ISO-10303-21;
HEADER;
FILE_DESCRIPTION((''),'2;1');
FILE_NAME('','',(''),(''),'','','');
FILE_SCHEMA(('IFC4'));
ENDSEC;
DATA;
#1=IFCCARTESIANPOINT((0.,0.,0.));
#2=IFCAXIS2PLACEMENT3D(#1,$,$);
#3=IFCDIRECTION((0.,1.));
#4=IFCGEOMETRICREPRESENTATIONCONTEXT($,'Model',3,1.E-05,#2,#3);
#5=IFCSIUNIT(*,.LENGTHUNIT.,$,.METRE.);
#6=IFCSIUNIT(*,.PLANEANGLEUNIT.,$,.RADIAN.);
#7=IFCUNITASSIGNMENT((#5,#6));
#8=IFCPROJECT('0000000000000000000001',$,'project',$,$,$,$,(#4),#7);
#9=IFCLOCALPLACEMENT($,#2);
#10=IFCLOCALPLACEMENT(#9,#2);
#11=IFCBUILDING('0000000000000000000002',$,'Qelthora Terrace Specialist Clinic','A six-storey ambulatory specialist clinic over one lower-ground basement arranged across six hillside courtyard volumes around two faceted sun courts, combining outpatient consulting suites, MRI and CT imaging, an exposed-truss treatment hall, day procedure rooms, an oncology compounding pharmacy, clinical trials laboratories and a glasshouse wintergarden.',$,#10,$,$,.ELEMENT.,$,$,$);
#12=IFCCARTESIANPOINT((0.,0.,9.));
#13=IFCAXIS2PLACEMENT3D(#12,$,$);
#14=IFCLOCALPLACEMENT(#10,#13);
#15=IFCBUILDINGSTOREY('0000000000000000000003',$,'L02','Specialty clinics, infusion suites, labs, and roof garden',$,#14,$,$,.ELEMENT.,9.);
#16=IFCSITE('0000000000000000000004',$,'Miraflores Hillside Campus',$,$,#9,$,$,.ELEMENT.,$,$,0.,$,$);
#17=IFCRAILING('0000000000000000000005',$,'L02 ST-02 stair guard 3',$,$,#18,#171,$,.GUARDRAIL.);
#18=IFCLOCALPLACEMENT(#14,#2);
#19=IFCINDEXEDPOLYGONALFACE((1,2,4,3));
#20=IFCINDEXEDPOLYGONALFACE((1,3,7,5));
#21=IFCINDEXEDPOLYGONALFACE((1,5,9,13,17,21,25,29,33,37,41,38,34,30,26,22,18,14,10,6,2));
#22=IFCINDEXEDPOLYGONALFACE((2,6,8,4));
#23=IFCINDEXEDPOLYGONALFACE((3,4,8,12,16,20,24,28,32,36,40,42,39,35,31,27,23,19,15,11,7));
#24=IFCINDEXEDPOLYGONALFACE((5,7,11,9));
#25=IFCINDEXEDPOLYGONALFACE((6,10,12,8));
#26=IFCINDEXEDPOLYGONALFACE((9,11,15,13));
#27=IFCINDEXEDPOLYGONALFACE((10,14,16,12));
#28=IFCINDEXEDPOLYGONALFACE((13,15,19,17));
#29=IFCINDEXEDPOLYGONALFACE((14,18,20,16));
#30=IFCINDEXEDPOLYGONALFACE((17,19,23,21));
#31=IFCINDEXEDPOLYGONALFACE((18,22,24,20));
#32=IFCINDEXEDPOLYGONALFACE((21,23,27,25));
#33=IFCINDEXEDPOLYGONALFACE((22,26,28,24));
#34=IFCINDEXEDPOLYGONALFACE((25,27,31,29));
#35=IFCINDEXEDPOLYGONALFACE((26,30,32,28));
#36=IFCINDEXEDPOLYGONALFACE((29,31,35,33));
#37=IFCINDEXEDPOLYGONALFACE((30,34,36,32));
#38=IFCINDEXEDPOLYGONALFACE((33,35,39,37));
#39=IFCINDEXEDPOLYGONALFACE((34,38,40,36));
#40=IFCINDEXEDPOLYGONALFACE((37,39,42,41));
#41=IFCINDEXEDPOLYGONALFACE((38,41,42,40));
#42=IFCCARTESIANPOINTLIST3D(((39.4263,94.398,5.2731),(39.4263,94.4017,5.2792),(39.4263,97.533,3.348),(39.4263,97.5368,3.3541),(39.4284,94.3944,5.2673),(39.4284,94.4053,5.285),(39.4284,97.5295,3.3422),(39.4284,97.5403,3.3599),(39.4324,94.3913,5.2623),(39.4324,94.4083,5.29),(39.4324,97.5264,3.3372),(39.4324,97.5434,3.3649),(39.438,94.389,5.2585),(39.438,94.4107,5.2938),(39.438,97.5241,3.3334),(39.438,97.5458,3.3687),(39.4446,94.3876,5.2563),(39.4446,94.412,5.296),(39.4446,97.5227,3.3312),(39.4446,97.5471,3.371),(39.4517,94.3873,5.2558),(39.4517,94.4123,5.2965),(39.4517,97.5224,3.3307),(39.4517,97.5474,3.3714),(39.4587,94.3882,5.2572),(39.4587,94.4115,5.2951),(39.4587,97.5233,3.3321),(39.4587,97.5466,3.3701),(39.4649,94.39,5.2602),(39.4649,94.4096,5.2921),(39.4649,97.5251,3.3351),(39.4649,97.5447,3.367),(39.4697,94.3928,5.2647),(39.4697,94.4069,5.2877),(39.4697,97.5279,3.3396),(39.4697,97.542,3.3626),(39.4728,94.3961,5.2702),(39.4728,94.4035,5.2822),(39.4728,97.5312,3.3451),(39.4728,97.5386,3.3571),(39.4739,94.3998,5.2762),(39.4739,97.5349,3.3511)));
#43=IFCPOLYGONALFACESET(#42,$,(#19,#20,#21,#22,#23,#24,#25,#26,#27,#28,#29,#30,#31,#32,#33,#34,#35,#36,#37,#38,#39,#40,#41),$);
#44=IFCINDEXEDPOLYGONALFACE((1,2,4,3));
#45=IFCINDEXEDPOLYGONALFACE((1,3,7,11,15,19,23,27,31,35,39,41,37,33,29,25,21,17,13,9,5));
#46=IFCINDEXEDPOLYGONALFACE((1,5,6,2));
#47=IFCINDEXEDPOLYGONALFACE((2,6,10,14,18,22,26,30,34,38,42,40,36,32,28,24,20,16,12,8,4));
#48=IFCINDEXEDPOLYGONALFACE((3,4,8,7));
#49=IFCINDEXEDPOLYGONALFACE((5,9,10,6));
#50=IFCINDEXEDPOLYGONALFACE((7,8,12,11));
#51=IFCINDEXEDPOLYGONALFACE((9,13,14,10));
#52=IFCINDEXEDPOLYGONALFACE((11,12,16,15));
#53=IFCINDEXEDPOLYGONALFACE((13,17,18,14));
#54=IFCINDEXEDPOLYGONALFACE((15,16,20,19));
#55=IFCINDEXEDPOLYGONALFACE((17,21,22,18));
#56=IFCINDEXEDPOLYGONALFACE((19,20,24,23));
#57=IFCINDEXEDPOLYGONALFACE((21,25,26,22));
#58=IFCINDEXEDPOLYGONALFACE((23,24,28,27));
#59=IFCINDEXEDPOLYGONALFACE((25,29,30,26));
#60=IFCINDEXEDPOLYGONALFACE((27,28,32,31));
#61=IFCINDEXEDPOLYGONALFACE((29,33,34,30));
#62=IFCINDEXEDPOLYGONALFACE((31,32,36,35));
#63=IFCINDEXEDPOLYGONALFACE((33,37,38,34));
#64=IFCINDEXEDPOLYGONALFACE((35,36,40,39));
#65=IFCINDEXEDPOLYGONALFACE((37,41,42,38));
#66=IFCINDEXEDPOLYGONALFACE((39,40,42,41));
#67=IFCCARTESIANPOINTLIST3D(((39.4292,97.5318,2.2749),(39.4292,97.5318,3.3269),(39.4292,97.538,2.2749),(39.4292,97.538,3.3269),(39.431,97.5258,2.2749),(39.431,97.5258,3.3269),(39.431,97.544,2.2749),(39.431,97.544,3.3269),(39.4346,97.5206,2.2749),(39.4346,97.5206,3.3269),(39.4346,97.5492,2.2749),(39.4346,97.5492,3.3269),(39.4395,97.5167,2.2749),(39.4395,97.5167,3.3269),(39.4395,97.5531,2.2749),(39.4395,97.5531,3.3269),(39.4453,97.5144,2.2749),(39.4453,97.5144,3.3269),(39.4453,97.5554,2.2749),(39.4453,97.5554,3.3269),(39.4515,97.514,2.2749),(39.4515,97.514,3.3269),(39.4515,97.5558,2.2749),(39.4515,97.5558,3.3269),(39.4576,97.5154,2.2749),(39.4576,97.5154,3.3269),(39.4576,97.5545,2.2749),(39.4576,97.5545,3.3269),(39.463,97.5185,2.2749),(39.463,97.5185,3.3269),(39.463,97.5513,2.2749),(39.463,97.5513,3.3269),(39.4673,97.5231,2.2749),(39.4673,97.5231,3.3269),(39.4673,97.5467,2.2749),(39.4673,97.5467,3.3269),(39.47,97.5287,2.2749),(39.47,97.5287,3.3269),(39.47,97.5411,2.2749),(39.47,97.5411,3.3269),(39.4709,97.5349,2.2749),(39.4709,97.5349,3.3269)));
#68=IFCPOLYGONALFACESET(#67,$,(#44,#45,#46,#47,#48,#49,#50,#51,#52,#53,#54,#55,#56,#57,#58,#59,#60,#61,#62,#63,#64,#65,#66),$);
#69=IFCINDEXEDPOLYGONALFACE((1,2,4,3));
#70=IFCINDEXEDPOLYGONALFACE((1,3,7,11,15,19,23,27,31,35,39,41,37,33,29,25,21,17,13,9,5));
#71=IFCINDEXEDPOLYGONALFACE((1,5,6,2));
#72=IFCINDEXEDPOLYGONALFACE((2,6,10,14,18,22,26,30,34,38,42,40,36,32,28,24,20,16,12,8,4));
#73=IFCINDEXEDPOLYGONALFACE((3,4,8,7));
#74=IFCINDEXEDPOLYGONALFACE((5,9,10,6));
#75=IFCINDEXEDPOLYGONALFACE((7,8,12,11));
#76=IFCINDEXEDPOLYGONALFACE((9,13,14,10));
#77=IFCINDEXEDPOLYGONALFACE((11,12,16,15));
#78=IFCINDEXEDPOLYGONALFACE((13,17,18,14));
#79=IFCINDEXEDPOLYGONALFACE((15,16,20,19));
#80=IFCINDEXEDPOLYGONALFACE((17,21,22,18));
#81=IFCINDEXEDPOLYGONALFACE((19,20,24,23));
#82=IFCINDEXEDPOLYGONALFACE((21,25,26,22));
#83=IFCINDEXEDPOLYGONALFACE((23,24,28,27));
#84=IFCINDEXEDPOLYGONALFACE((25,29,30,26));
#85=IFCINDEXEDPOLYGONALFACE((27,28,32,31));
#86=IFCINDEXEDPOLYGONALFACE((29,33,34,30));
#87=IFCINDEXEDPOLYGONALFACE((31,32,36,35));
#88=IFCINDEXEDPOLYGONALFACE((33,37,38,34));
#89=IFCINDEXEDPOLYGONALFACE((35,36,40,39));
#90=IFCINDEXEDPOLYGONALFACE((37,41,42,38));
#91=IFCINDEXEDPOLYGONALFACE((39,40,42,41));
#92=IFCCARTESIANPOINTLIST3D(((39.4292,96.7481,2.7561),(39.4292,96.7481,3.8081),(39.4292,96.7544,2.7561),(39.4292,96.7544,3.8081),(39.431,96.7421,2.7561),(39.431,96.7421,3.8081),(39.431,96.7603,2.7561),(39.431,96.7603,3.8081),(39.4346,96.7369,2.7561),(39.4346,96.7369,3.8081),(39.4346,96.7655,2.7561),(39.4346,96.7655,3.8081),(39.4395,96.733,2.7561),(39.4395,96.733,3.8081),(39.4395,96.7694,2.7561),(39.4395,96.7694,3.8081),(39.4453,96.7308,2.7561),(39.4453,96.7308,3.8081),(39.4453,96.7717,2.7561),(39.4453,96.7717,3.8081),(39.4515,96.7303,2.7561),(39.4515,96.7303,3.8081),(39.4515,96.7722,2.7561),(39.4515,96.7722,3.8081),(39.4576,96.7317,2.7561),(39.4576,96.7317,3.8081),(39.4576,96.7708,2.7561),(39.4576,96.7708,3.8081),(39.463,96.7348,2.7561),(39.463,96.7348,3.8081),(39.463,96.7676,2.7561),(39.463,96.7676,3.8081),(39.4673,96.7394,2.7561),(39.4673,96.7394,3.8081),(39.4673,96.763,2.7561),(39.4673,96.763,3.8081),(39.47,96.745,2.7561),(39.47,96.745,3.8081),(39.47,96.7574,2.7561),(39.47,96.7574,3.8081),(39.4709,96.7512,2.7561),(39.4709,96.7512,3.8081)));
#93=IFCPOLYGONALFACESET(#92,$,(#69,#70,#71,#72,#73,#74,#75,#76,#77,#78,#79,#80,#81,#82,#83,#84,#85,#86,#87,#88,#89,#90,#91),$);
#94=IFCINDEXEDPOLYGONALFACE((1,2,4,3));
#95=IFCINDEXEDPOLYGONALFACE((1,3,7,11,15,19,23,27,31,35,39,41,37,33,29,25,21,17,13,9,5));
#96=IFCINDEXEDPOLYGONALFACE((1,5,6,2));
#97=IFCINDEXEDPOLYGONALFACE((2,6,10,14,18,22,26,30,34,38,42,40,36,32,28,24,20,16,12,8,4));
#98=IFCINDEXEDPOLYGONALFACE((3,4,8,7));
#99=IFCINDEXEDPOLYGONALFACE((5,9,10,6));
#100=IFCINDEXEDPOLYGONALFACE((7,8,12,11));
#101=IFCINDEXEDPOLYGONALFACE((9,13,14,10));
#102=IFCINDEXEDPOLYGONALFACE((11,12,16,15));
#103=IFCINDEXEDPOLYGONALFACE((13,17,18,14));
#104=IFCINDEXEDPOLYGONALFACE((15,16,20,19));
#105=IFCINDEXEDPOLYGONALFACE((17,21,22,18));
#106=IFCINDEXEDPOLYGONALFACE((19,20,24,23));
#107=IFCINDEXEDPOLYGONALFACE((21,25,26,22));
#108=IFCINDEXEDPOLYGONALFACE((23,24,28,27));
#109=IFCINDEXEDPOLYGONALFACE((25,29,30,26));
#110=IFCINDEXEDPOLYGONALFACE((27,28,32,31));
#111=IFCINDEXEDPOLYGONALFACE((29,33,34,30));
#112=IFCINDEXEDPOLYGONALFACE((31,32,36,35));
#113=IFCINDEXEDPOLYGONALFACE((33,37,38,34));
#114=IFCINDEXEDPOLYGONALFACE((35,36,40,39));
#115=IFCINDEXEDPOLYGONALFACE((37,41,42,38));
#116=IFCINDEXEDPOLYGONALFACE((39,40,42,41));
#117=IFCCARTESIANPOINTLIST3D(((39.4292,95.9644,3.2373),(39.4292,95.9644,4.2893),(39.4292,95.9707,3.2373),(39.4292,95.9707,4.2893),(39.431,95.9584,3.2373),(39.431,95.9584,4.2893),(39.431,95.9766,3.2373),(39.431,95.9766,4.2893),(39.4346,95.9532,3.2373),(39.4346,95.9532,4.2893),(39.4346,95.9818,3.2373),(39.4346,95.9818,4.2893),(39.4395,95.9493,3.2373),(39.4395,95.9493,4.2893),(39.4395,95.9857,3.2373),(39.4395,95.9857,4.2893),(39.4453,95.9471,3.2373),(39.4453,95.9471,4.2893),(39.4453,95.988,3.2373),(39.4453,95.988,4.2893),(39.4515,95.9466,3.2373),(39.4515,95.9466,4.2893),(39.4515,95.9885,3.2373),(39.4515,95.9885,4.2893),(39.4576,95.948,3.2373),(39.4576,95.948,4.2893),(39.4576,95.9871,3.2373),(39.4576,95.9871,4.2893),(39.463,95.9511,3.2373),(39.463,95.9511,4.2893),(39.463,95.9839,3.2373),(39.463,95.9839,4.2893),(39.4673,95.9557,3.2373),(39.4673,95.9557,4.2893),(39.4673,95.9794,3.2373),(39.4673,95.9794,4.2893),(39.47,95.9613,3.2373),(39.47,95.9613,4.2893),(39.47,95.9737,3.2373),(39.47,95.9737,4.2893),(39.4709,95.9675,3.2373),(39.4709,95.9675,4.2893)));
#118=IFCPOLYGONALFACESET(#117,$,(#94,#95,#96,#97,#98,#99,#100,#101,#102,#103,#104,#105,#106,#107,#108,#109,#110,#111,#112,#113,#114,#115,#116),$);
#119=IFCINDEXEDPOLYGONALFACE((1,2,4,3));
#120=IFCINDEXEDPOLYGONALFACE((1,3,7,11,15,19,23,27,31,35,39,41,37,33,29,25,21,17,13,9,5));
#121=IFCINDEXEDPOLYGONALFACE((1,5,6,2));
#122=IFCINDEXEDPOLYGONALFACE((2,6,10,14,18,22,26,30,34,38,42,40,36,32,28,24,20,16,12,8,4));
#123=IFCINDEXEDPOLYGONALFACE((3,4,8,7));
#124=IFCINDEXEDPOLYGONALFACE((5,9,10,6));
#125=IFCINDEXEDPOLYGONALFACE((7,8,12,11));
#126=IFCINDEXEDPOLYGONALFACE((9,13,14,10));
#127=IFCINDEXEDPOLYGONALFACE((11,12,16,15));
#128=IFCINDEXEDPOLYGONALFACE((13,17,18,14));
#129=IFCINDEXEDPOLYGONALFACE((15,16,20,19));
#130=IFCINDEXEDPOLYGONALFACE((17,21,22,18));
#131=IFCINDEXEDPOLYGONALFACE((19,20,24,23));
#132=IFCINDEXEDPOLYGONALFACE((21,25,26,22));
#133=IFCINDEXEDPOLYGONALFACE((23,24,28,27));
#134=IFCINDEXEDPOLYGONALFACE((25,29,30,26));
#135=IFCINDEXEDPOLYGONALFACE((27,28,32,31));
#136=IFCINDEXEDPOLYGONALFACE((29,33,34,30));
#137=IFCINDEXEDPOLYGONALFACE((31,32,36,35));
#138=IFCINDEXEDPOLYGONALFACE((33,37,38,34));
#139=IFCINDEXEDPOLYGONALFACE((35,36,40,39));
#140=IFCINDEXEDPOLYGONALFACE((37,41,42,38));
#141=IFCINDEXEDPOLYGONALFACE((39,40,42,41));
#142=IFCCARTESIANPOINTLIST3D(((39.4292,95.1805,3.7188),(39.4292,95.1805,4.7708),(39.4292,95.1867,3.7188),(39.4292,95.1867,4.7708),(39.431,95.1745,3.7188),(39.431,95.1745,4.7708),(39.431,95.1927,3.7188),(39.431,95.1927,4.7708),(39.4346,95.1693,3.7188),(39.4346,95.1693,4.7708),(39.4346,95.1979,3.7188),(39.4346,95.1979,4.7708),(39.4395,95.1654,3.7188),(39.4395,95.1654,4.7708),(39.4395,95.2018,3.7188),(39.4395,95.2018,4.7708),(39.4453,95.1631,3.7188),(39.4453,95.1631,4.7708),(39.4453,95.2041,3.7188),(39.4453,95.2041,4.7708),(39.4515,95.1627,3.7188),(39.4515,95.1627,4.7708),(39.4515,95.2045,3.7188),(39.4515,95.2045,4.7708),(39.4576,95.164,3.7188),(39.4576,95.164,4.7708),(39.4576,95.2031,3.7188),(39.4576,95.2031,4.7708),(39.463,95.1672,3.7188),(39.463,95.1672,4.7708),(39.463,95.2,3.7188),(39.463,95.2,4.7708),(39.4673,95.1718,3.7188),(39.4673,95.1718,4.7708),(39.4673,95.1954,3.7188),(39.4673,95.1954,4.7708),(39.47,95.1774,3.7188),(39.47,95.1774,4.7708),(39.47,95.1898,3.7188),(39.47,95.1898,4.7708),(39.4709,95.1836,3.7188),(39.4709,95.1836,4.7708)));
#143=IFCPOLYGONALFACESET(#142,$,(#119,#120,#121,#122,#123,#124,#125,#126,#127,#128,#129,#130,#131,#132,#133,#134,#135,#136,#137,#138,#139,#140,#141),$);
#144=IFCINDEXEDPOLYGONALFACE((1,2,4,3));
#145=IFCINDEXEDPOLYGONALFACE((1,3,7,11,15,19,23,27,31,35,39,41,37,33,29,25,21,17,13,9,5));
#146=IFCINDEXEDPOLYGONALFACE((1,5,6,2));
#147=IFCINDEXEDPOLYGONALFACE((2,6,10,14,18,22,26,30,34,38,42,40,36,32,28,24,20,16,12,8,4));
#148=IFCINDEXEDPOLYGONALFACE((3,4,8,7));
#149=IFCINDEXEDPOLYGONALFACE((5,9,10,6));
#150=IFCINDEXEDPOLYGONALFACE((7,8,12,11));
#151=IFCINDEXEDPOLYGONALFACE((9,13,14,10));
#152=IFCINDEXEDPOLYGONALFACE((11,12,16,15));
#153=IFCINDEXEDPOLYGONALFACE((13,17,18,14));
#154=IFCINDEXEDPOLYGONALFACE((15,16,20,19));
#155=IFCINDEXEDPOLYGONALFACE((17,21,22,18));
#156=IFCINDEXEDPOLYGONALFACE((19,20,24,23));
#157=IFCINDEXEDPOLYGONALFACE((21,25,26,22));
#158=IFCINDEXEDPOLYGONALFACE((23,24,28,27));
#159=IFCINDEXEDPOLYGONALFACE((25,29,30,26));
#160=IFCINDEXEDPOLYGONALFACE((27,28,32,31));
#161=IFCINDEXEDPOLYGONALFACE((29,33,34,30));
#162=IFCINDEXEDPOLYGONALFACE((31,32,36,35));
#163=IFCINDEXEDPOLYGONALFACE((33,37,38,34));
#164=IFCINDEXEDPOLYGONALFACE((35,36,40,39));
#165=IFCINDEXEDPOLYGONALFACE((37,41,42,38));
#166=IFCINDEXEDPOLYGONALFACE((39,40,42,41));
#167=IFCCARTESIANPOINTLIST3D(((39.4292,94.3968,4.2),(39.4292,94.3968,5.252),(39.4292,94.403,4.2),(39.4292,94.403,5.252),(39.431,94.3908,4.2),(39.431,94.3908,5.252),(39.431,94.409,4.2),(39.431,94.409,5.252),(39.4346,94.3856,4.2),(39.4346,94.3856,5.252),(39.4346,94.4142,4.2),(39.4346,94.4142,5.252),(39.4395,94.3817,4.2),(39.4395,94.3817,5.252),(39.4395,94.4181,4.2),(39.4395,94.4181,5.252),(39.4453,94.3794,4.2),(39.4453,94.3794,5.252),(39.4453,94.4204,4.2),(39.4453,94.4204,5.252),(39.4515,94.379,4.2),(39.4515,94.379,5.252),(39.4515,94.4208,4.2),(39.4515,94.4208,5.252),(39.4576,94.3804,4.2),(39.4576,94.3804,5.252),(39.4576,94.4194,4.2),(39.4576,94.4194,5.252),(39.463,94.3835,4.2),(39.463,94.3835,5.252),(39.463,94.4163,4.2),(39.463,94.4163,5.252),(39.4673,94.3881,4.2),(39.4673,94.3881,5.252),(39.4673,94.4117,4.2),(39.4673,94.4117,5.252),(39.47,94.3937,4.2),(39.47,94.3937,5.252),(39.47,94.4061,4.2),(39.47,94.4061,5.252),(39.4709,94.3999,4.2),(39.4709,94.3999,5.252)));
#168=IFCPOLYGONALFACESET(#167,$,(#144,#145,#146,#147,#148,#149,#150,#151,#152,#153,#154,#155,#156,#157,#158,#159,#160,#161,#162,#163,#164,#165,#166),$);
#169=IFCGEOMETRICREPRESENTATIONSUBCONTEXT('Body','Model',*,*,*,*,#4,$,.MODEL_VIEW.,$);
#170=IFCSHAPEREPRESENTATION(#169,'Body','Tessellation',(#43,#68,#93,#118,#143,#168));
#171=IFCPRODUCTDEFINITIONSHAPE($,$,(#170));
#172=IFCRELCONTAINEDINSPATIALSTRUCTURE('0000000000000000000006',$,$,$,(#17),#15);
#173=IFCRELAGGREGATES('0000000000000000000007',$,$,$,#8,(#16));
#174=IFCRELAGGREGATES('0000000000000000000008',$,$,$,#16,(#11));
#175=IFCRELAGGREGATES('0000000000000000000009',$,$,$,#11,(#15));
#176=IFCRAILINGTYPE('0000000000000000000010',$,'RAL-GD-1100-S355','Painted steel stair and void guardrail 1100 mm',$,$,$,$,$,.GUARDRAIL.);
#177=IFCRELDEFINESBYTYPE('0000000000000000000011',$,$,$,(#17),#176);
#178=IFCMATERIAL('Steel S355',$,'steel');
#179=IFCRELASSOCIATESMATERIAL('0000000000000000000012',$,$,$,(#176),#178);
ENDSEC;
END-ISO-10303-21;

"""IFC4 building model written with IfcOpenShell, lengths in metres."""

from ifc_helpers import new_model, si_unit, direction, frame, origin, origin_2d, place, context, subcontext, project, spatial, circle, extrude, material, type_object, element, save


model = new_model("IFC4")

# Units and contexts
model_context = context("Model", 3, precision=1e-05, world=origin(), true_north=direction((0.0, 1.0)))
body_context = subcontext(model_context, "Body", "Model", "MODEL_VIEW")
ifc_project = project(units=[si_unit("LENGTHUNIT", "METRE"), si_unit("PLANEANGLEUNIT", "RADIAN")], contexts=[model_context])

# Site, building, storey
site_placement = place(None, origin())
site = spatial("IfcSite", under=ifc_project, at=site_placement, Name="Miraflores Hillside Campus", CompositionType="ELEMENT", RefElevation=0.0)
building_placement = place(site_placement, origin())
building = spatial("IfcBuilding", under=site, at=building_placement, Name="Qelthora Terrace Specialist Clinic", Description="A six-storey ambulatory specialist clinic over one lower-ground basement arranged across six hillside courtyard volumes around two faceted sun courts, combining outpatient consulting suites, MRI and CT imaging, an exposed-truss treatment hall, day procedure rooms, an oncology compounding pharmacy, clinical trials laboratories and a glasshouse wintergarden.", CompositionType="ELEMENT")
storey_placement = place(building_placement, frame((0.0, 0.0, 9.0)))
storey = spatial("IfcBuildingStorey", under=building, at=storey_placement, Name="L02", Description="Specialty clinics, infusion suites, labs, and roof garden", CompositionType="ELEMENT", Elevation=9.0)

# Shared definitions
ifc_material_1 = material(Name="Steel S355", Category="steel")

# Railing
railing_type_1 = type_object("IfcRailingType", Name="RAL-GD-1100-S355", Description="Painted steel stair and void guardrail 1100 mm", PredefinedType="GUARDRAIL", material=ifc_material_1)
railing_1_placement = place(storey_placement, frame((39.45, 97.5349, 2.2749)))
element("IfcRailing", 1, at=railing_1_placement, inside=storey, type_object=railing_type_1, Name="L02 ST-02 stair guard 3", PredefinedType="GUARDRAIL", context=body_context, shape_type="SweptSolid", body=[
    extrude(circle(Radius=0.0239, at=origin_2d()), frame((0.0, 0.0, 1.0762), z_axis=(0.0, -0.852166, 0.523271), x_axis=(1.0, 0.0, 0.0)), (0.0, 0.0, 1.0), 3.679),
    extrude(circle(Radius=0.021, at=origin_2d()), origin(), (0.0, 0.0, 1.0), 1.052),
    extrude(circle(Radius=0.021, at=origin_2d()), frame((0.0, -0.7837, 0.4812)), (0.0, 0.0, 1.0), 1.052),
    extrude(circle(Radius=0.021, at=origin_2d()), frame((0.0, -1.5674, 0.9624)), (0.0, 0.0, 1.0), 1.052),
    extrude(circle(Radius=0.021, at=origin_2d()), frame((0.0, -2.3513, 1.4438)), (0.0, 0.0, 1.0), 1.052),
    extrude(circle(Radius=0.021, at=origin_2d()), frame((0.0, -3.135, 1.925)), (0.0, 0.0, 1.0), 1.052),
])

save(model, "model.ifc")
